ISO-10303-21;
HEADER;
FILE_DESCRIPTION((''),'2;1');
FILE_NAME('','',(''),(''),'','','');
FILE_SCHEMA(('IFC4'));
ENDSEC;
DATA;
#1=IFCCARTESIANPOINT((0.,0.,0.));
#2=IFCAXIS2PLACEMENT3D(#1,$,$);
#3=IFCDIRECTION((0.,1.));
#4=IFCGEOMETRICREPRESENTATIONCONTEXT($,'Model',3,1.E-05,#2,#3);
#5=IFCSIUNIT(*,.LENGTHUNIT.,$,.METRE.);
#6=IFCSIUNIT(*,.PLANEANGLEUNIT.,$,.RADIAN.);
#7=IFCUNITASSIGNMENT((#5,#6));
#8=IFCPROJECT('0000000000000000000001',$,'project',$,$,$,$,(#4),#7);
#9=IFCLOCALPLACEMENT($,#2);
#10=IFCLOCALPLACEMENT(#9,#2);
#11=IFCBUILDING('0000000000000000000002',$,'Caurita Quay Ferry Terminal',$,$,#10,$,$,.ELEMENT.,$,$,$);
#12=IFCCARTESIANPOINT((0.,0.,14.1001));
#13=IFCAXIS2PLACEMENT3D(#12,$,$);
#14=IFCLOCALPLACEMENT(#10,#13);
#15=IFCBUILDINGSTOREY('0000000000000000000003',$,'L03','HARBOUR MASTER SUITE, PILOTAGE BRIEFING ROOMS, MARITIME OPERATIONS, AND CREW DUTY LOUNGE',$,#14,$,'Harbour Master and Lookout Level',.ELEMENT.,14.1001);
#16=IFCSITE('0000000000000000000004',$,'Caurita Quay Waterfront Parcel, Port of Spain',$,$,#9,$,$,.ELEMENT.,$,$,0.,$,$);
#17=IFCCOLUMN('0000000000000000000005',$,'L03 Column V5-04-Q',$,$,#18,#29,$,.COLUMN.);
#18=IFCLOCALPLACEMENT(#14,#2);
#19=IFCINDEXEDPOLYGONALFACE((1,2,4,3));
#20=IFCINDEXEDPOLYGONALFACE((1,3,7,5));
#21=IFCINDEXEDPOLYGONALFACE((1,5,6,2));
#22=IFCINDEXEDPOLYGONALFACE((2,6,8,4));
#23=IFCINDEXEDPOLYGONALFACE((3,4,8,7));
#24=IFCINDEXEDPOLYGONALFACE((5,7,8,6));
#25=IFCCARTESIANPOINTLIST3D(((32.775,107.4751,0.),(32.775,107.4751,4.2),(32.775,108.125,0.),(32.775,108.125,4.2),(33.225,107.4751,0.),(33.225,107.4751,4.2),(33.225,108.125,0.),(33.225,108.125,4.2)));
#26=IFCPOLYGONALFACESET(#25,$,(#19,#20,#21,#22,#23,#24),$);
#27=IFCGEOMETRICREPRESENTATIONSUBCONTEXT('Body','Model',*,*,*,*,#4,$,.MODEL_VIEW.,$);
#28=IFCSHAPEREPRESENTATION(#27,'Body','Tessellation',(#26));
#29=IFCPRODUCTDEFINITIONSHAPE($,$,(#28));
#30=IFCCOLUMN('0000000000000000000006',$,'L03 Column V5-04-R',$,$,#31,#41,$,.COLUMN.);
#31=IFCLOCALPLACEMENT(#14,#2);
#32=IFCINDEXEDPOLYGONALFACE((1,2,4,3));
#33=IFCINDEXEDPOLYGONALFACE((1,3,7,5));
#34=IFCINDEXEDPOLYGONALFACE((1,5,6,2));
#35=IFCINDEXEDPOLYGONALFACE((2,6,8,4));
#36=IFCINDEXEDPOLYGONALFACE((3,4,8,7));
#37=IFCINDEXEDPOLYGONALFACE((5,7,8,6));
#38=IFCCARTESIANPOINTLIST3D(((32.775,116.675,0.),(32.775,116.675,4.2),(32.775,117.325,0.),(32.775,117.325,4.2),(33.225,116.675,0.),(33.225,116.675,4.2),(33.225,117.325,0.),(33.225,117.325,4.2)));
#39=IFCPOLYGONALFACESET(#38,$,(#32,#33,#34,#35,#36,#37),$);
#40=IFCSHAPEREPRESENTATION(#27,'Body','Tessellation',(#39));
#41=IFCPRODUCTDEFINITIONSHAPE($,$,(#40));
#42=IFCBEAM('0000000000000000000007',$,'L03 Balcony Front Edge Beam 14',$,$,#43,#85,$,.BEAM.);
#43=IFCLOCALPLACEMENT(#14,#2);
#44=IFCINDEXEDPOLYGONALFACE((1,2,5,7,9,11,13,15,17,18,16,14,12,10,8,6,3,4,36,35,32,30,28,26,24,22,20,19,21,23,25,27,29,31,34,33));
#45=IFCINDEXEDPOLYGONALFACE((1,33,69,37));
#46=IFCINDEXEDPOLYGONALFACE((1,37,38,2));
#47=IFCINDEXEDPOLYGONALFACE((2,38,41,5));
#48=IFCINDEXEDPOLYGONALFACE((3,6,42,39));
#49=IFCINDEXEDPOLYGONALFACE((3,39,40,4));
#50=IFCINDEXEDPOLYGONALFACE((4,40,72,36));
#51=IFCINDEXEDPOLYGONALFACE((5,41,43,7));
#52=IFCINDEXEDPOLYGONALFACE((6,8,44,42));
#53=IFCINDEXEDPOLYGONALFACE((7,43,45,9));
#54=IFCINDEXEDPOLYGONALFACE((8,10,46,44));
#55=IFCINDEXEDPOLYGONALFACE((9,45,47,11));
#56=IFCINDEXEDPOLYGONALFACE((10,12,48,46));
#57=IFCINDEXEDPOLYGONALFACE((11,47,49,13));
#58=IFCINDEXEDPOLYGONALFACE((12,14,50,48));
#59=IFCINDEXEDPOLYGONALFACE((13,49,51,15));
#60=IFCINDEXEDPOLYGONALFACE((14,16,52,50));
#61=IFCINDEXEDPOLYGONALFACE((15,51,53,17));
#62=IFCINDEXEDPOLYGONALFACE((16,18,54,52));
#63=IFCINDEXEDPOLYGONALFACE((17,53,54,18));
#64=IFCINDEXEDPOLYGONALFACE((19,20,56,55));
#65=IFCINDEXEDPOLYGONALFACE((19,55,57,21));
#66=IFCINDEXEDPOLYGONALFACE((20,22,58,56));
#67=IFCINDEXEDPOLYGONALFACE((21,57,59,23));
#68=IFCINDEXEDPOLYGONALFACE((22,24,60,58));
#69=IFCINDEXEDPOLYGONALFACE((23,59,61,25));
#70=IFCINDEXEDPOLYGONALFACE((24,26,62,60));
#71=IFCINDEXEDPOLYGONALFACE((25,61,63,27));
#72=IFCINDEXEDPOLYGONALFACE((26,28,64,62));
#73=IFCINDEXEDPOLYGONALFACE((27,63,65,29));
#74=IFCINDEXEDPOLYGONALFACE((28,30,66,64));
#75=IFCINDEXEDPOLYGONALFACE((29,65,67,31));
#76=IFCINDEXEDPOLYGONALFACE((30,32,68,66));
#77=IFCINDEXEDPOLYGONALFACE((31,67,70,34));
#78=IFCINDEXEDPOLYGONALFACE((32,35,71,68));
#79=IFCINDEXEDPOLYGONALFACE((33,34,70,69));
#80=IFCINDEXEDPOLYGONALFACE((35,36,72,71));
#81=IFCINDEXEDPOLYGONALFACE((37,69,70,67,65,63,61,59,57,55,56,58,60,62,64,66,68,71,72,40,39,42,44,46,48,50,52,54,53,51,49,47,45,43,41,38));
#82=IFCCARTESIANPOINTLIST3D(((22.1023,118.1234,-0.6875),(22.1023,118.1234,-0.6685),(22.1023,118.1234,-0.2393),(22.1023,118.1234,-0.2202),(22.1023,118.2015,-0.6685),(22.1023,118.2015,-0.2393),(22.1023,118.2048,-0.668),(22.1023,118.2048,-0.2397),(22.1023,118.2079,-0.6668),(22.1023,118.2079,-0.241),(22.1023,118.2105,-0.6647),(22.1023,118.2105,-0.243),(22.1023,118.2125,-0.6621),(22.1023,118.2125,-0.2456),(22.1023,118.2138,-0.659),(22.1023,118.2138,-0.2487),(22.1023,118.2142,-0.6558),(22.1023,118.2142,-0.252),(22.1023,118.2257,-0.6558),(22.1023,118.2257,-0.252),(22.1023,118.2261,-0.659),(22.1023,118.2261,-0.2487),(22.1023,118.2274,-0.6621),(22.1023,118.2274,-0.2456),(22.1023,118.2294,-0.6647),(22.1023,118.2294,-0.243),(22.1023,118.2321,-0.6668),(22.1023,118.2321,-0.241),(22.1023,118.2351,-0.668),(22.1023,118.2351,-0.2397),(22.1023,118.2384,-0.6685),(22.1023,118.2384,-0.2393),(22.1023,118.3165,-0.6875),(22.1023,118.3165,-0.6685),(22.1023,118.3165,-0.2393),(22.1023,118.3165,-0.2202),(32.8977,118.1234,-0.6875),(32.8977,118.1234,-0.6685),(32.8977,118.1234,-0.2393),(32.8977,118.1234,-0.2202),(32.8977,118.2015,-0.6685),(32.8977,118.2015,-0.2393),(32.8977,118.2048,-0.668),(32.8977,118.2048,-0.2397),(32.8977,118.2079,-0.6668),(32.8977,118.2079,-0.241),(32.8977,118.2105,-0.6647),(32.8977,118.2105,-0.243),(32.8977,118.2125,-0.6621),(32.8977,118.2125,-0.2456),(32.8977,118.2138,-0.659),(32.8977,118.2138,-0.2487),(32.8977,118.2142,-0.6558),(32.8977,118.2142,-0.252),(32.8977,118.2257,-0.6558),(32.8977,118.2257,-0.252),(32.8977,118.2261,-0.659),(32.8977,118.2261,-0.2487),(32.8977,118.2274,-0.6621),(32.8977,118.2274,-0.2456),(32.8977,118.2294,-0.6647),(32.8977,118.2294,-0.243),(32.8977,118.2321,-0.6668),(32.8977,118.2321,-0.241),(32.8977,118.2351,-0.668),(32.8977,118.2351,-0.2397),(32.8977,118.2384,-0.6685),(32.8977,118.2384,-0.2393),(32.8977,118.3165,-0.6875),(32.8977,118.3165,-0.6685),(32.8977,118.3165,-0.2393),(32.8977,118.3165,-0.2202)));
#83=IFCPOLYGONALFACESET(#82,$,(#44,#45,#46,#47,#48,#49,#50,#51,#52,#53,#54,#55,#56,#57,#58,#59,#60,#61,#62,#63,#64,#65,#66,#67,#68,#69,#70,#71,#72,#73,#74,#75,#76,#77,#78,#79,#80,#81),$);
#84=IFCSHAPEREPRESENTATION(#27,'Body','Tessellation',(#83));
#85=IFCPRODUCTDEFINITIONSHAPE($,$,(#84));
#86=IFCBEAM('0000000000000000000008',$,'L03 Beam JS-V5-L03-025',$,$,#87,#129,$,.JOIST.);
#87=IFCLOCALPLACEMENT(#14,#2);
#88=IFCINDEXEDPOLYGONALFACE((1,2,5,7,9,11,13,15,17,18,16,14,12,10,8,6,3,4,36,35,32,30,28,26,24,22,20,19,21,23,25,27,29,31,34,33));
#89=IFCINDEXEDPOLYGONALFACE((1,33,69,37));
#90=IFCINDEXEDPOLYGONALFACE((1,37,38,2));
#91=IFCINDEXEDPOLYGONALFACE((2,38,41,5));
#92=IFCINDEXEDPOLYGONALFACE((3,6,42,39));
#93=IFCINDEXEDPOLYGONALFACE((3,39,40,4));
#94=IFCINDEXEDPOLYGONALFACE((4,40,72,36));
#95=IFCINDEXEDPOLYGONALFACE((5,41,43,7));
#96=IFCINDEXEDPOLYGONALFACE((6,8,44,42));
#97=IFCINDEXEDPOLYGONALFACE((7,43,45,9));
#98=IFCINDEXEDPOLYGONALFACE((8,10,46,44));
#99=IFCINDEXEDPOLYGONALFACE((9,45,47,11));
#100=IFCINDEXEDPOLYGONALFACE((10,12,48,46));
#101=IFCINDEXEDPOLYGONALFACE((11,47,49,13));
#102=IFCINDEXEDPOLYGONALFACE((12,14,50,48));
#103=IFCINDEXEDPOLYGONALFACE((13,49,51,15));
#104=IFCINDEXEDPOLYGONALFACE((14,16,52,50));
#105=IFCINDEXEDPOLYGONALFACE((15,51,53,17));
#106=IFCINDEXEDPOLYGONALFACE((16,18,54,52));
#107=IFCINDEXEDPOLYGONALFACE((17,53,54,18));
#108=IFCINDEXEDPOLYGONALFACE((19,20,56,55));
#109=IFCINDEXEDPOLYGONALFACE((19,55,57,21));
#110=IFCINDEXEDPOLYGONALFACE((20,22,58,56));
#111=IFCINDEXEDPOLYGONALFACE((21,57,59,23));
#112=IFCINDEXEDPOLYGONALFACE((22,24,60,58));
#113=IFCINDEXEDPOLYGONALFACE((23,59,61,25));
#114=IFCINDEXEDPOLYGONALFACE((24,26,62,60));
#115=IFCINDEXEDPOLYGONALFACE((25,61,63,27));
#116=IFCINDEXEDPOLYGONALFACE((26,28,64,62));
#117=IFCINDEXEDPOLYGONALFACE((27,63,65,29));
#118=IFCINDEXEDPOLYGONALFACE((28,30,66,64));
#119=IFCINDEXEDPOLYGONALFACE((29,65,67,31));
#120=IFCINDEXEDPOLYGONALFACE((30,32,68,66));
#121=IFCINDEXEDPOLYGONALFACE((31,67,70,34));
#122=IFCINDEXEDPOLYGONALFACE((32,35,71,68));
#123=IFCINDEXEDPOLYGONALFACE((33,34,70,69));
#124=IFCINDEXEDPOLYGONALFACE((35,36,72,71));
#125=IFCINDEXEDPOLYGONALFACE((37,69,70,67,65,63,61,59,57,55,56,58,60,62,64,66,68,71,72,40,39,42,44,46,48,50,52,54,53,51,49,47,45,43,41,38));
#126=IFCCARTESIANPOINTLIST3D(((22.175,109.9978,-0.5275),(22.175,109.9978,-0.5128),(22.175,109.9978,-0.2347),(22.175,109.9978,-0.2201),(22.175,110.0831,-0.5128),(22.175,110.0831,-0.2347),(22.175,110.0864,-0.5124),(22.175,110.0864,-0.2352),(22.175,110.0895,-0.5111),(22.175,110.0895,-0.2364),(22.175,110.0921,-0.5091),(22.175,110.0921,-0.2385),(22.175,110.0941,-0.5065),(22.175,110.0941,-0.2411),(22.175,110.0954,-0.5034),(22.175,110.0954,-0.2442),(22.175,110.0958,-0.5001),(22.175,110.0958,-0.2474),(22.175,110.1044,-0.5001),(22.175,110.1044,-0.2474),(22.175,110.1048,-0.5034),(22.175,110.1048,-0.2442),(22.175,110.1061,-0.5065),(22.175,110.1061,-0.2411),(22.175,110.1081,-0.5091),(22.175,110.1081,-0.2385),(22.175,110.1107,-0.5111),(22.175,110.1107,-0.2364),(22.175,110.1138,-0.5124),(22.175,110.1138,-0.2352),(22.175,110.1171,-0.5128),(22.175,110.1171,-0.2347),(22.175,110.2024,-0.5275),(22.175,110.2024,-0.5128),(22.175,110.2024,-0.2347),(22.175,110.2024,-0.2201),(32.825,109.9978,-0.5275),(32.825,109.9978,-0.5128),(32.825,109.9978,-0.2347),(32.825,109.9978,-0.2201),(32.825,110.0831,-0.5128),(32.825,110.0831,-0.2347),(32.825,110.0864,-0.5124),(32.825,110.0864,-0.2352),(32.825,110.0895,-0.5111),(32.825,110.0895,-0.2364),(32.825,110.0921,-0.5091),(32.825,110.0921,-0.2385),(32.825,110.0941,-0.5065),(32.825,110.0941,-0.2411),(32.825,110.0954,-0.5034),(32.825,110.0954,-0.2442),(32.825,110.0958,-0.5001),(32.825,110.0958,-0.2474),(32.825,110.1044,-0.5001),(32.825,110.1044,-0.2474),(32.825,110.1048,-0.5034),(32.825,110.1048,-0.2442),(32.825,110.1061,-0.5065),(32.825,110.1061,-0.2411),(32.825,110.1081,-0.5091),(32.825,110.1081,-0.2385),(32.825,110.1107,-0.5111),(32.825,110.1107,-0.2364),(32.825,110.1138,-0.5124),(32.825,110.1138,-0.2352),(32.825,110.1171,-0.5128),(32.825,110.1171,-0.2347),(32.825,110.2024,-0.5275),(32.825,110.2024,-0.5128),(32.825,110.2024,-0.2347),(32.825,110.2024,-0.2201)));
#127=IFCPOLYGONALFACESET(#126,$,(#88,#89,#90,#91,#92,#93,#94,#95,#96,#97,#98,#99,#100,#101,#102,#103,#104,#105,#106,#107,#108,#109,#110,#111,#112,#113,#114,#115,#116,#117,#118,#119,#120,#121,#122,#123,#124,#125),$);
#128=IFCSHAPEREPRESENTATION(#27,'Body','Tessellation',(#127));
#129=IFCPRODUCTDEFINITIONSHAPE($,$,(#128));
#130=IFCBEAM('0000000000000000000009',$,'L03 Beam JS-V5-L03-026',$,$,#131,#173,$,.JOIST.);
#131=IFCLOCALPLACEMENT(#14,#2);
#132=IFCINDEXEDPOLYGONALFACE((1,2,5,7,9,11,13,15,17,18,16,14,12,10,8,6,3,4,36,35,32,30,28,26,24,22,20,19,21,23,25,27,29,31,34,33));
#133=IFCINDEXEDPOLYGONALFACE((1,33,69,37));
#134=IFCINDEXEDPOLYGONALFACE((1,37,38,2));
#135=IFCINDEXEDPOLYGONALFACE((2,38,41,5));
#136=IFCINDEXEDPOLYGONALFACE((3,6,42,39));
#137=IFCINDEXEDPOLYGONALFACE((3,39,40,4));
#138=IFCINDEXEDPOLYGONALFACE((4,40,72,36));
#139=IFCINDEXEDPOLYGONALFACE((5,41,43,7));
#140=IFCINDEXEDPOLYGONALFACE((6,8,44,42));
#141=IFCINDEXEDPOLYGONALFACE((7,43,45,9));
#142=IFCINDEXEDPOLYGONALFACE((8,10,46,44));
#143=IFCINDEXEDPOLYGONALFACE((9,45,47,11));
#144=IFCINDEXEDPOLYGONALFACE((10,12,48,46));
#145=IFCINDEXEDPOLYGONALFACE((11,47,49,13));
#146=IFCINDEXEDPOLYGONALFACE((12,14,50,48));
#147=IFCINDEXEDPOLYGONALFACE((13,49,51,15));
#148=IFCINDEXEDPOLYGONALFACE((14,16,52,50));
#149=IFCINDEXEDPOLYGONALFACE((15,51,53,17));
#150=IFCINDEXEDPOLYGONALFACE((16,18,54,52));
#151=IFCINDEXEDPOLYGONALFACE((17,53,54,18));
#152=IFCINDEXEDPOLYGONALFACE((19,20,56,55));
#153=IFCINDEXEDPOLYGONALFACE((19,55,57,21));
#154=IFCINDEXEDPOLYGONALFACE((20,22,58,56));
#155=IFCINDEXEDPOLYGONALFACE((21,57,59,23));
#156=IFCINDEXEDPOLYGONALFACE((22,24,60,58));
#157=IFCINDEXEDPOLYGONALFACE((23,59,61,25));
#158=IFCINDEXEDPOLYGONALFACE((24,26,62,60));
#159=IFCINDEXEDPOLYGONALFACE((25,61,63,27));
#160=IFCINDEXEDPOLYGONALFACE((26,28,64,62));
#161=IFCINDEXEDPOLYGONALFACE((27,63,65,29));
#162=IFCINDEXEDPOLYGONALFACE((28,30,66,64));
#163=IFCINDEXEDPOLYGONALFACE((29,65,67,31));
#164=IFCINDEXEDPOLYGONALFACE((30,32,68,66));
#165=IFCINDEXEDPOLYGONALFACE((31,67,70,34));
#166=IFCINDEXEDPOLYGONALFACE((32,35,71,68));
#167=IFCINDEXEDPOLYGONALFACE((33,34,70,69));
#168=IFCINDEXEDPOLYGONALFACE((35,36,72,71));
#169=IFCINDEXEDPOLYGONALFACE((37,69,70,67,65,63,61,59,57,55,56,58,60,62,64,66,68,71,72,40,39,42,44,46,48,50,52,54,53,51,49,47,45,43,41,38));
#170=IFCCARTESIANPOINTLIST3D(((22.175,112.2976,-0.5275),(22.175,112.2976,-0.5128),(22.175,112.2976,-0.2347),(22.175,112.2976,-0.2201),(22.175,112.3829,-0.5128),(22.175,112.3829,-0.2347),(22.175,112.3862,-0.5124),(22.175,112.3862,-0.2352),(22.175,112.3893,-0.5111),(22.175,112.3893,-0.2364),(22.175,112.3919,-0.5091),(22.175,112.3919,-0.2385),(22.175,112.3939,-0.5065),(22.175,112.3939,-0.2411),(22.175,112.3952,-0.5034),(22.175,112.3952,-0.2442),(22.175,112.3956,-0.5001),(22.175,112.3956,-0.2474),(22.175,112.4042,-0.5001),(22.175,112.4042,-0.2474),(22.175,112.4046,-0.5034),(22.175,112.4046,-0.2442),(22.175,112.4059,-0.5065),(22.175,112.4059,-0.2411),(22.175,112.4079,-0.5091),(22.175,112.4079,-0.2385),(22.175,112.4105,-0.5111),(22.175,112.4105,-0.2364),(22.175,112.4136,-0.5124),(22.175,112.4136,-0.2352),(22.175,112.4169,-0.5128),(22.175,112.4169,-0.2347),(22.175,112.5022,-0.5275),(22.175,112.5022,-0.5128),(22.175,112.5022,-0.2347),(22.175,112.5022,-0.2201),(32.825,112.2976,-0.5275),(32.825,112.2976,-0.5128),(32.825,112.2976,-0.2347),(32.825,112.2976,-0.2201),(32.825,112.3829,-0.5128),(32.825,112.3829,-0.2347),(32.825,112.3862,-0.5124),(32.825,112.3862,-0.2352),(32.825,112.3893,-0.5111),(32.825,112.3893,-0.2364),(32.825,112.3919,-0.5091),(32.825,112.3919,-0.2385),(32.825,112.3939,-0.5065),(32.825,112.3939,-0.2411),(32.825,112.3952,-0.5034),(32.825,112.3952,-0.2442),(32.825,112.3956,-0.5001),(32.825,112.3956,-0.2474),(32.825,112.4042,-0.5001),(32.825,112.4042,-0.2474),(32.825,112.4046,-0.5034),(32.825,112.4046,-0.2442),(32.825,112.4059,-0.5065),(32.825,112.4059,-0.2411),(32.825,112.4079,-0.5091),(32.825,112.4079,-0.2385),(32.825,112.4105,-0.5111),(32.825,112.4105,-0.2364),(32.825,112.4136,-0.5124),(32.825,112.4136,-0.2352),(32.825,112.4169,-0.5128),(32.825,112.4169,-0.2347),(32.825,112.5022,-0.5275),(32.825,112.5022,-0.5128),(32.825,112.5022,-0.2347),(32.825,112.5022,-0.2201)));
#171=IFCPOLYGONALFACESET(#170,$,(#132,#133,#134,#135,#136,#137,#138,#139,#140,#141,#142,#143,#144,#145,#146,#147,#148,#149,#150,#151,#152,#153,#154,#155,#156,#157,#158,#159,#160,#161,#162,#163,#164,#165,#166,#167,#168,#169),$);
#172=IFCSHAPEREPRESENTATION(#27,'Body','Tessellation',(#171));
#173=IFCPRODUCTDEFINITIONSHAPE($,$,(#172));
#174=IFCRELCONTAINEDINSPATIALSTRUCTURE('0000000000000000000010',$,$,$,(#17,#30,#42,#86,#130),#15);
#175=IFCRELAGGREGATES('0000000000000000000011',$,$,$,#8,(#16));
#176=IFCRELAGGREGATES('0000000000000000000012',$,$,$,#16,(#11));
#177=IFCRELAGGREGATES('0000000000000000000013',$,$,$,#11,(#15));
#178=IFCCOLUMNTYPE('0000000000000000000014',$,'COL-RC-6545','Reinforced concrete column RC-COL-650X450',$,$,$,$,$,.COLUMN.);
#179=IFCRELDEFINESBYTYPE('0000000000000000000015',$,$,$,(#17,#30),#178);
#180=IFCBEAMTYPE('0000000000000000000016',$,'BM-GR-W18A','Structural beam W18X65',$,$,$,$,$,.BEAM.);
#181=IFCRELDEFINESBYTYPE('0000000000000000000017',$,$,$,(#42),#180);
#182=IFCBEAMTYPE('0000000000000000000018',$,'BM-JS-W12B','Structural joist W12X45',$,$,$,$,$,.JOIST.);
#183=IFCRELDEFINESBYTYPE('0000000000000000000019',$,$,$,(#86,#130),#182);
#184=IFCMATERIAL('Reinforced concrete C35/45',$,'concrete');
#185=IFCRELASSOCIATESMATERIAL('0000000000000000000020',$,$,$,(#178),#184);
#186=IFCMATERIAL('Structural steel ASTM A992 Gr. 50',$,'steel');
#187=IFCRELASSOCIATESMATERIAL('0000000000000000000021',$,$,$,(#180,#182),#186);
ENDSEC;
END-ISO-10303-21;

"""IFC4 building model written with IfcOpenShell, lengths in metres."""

from ifc_helpers import new_model, si_unit, direction, frame, origin, origin_2d, place, context, subcontext, project, spatial, rectangle, i_section, extrude, material, material_profile, profile_set, type_object, element, save


model = new_model("IFC4")

# Units and contexts
model_context = context("Model", 3, precision=1e-05, world=origin(), true_north=direction((0.0, 1.0)))
body_context = subcontext(model_context, "Body", "Model", "MODEL_VIEW")
ifc_project = project(units=[si_unit("LENGTHUNIT", "METRE"), si_unit("PLANEANGLEUNIT", "RADIAN")], contexts=[model_context])

# Site, building, storey
site_placement = place(None, origin())
site = spatial("IfcSite", under=ifc_project, at=site_placement, Name="Caurita Quay Waterfront Parcel, Port of Spain", CompositionType="ELEMENT", RefElevation=0.0)
building_placement = place(site_placement, origin())
building = spatial("IfcBuilding", under=site, at=building_placement, Name="Caurita Quay Ferry Terminal", CompositionType="ELEMENT")
storey_placement = place(building_placement, frame((0.0, 0.0, 14.1001)))
storey = spatial("IfcBuildingStorey", under=building, at=storey_placement, Name="L03", Description="HARBOUR MASTER SUITE, PILOTAGE BRIEFING ROOMS, MARITIME OPERATIONS, AND CREW DUTY LOUNGE", LongName="Harbour Master and Lookout Level", CompositionType="ELEMENT", Elevation=14.1001)

# Columns
ifc_material_1 = material(Name="Reinforced concrete C35/45", Category="concrete")
ifc_material_profile_1 = material_profile(ifc_material_1, rectangle(XDim=0.45, YDim=0.6499, at=origin_2d()), Name="RC-COL-650X450")
ifc_profile_set_1 = profile_set([ifc_material_profile_1], Name="Reinforced concrete C35/45")
column_type = type_object("IfcColumnType", Name="COL-RC-6545", Description="Reinforced concrete column RC-COL-650X450", PredefinedType="COLUMN", material=ifc_profile_set_1)
for number, where, z_axis, x_axis, name in (
    (1, (33.0, 107.8, 0.0), (0.0, 0.0, 1.0), (1.0, 0.0, 0.0), "L03 Column V5-04-Q"),
    (2, (33.0, 117.0, 0.0), (0.0, 0.0, 1.0), (1.0, 0.0, 0.0), "L03 Column V5-04-R"),
):
    element("IfcColumn", number, at=place(storey_placement, frame(where, z_axis=z_axis, x_axis=x_axis)), inside=storey, type_object=column_type, Name=name, PredefinedType="COLUMN", context=body_context, shape_type="SweptSolid", body=[
        extrude(rectangle(XDim=0.45, YDim=0.6499, at=origin_2d()), origin(), (0.0, 0.0, 1.0), 4.2),
    ])

# Beams
ifc_material_2 = material(Name="Structural steel ASTM A992 Gr. 50", Category="steel")
ifc_material_profile_2 = material_profile(ifc_material_2, i_section(OverallWidth=0.1931, OverallDepth=0.4673, WebThickness=0.0115, FlangeThickness=0.019, FilletRadius=0.0127, at=origin_2d()), Name="W18X65")
ifc_profile_set_2 = profile_set([ifc_material_profile_2], Name="Structural steel ASTM A992 Gr. 50")
beam_type_1 = type_object("IfcBeamType", Name="BM-GR-W18A", Description="Structural beam W18X65", PredefinedType="BEAM", material=ifc_profile_set_2)
beam_1_placement = place(storey_placement, frame((22.1023, 118.22, -0.4539), z_axis=(1.0, 0.0, 0.0), x_axis=(0.0, 1.0, 0.0)))
element("IfcBeam", 3, at=beam_1_placement, inside=storey, type_object=beam_type_1, Name="L03 Balcony Front Edge Beam 14", PredefinedType="BEAM", context=body_context, shape_type="SweptSolid", body=[
    extrude(i_section(OverallWidth=0.1931, OverallDepth=0.4673, WebThickness=0.0115, FlangeThickness=0.019, FilletRadius=0.0127, at=origin_2d()), origin(), (0.0, 0.0, 1.0), 10.7954),
])
ifc_material_profile_3 = material_profile(ifc_material_2, i_section(OverallWidth=0.2046, OverallDepth=0.3074, WebThickness=0.0085, FlangeThickness=0.0146, FilletRadius=0.0127, at=origin_2d()), Name="W12X45")
ifc_profile_set_3 = profile_set([ifc_material_profile_3], Name="Structural steel ASTM A992 Gr. 50")
beam_type_2 = type_object("IfcBeamType", Name="BM-JS-W12B", Description="Structural joist W12X45", PredefinedType="JOIST", material=ifc_profile_set_3)
for number, where, z_axis, x_axis, name in (
    (4, (22.175, 110.1001, -0.3738), (1.0, 0.0, 0.0), (0.0, 1.0, 0.0), "L03 Beam JS-V5-L03-025"),
    (5, (22.175, 112.3999, -0.3738), (1.0, 0.0, 0.0), (0.0, 1.0, 0.0), "L03 Beam JS-V5-L03-026"),
):
    element("IfcBeam", number, at=place(storey_placement, frame(where, z_axis=z_axis, x_axis=x_axis)), inside=storey, type_object=beam_type_2, Name=name, PredefinedType="JOIST", context=body_context, shape_type="SweptSolid", body=[
        extrude(i_section(OverallWidth=0.2046, OverallDepth=0.3074, WebThickness=0.0085, FlangeThickness=0.0146, FilletRadius=0.0127, at=origin_2d()), origin(), (0.0, 0.0, 1.0), 10.6499),
    ])

save(model, "model.ifc")
